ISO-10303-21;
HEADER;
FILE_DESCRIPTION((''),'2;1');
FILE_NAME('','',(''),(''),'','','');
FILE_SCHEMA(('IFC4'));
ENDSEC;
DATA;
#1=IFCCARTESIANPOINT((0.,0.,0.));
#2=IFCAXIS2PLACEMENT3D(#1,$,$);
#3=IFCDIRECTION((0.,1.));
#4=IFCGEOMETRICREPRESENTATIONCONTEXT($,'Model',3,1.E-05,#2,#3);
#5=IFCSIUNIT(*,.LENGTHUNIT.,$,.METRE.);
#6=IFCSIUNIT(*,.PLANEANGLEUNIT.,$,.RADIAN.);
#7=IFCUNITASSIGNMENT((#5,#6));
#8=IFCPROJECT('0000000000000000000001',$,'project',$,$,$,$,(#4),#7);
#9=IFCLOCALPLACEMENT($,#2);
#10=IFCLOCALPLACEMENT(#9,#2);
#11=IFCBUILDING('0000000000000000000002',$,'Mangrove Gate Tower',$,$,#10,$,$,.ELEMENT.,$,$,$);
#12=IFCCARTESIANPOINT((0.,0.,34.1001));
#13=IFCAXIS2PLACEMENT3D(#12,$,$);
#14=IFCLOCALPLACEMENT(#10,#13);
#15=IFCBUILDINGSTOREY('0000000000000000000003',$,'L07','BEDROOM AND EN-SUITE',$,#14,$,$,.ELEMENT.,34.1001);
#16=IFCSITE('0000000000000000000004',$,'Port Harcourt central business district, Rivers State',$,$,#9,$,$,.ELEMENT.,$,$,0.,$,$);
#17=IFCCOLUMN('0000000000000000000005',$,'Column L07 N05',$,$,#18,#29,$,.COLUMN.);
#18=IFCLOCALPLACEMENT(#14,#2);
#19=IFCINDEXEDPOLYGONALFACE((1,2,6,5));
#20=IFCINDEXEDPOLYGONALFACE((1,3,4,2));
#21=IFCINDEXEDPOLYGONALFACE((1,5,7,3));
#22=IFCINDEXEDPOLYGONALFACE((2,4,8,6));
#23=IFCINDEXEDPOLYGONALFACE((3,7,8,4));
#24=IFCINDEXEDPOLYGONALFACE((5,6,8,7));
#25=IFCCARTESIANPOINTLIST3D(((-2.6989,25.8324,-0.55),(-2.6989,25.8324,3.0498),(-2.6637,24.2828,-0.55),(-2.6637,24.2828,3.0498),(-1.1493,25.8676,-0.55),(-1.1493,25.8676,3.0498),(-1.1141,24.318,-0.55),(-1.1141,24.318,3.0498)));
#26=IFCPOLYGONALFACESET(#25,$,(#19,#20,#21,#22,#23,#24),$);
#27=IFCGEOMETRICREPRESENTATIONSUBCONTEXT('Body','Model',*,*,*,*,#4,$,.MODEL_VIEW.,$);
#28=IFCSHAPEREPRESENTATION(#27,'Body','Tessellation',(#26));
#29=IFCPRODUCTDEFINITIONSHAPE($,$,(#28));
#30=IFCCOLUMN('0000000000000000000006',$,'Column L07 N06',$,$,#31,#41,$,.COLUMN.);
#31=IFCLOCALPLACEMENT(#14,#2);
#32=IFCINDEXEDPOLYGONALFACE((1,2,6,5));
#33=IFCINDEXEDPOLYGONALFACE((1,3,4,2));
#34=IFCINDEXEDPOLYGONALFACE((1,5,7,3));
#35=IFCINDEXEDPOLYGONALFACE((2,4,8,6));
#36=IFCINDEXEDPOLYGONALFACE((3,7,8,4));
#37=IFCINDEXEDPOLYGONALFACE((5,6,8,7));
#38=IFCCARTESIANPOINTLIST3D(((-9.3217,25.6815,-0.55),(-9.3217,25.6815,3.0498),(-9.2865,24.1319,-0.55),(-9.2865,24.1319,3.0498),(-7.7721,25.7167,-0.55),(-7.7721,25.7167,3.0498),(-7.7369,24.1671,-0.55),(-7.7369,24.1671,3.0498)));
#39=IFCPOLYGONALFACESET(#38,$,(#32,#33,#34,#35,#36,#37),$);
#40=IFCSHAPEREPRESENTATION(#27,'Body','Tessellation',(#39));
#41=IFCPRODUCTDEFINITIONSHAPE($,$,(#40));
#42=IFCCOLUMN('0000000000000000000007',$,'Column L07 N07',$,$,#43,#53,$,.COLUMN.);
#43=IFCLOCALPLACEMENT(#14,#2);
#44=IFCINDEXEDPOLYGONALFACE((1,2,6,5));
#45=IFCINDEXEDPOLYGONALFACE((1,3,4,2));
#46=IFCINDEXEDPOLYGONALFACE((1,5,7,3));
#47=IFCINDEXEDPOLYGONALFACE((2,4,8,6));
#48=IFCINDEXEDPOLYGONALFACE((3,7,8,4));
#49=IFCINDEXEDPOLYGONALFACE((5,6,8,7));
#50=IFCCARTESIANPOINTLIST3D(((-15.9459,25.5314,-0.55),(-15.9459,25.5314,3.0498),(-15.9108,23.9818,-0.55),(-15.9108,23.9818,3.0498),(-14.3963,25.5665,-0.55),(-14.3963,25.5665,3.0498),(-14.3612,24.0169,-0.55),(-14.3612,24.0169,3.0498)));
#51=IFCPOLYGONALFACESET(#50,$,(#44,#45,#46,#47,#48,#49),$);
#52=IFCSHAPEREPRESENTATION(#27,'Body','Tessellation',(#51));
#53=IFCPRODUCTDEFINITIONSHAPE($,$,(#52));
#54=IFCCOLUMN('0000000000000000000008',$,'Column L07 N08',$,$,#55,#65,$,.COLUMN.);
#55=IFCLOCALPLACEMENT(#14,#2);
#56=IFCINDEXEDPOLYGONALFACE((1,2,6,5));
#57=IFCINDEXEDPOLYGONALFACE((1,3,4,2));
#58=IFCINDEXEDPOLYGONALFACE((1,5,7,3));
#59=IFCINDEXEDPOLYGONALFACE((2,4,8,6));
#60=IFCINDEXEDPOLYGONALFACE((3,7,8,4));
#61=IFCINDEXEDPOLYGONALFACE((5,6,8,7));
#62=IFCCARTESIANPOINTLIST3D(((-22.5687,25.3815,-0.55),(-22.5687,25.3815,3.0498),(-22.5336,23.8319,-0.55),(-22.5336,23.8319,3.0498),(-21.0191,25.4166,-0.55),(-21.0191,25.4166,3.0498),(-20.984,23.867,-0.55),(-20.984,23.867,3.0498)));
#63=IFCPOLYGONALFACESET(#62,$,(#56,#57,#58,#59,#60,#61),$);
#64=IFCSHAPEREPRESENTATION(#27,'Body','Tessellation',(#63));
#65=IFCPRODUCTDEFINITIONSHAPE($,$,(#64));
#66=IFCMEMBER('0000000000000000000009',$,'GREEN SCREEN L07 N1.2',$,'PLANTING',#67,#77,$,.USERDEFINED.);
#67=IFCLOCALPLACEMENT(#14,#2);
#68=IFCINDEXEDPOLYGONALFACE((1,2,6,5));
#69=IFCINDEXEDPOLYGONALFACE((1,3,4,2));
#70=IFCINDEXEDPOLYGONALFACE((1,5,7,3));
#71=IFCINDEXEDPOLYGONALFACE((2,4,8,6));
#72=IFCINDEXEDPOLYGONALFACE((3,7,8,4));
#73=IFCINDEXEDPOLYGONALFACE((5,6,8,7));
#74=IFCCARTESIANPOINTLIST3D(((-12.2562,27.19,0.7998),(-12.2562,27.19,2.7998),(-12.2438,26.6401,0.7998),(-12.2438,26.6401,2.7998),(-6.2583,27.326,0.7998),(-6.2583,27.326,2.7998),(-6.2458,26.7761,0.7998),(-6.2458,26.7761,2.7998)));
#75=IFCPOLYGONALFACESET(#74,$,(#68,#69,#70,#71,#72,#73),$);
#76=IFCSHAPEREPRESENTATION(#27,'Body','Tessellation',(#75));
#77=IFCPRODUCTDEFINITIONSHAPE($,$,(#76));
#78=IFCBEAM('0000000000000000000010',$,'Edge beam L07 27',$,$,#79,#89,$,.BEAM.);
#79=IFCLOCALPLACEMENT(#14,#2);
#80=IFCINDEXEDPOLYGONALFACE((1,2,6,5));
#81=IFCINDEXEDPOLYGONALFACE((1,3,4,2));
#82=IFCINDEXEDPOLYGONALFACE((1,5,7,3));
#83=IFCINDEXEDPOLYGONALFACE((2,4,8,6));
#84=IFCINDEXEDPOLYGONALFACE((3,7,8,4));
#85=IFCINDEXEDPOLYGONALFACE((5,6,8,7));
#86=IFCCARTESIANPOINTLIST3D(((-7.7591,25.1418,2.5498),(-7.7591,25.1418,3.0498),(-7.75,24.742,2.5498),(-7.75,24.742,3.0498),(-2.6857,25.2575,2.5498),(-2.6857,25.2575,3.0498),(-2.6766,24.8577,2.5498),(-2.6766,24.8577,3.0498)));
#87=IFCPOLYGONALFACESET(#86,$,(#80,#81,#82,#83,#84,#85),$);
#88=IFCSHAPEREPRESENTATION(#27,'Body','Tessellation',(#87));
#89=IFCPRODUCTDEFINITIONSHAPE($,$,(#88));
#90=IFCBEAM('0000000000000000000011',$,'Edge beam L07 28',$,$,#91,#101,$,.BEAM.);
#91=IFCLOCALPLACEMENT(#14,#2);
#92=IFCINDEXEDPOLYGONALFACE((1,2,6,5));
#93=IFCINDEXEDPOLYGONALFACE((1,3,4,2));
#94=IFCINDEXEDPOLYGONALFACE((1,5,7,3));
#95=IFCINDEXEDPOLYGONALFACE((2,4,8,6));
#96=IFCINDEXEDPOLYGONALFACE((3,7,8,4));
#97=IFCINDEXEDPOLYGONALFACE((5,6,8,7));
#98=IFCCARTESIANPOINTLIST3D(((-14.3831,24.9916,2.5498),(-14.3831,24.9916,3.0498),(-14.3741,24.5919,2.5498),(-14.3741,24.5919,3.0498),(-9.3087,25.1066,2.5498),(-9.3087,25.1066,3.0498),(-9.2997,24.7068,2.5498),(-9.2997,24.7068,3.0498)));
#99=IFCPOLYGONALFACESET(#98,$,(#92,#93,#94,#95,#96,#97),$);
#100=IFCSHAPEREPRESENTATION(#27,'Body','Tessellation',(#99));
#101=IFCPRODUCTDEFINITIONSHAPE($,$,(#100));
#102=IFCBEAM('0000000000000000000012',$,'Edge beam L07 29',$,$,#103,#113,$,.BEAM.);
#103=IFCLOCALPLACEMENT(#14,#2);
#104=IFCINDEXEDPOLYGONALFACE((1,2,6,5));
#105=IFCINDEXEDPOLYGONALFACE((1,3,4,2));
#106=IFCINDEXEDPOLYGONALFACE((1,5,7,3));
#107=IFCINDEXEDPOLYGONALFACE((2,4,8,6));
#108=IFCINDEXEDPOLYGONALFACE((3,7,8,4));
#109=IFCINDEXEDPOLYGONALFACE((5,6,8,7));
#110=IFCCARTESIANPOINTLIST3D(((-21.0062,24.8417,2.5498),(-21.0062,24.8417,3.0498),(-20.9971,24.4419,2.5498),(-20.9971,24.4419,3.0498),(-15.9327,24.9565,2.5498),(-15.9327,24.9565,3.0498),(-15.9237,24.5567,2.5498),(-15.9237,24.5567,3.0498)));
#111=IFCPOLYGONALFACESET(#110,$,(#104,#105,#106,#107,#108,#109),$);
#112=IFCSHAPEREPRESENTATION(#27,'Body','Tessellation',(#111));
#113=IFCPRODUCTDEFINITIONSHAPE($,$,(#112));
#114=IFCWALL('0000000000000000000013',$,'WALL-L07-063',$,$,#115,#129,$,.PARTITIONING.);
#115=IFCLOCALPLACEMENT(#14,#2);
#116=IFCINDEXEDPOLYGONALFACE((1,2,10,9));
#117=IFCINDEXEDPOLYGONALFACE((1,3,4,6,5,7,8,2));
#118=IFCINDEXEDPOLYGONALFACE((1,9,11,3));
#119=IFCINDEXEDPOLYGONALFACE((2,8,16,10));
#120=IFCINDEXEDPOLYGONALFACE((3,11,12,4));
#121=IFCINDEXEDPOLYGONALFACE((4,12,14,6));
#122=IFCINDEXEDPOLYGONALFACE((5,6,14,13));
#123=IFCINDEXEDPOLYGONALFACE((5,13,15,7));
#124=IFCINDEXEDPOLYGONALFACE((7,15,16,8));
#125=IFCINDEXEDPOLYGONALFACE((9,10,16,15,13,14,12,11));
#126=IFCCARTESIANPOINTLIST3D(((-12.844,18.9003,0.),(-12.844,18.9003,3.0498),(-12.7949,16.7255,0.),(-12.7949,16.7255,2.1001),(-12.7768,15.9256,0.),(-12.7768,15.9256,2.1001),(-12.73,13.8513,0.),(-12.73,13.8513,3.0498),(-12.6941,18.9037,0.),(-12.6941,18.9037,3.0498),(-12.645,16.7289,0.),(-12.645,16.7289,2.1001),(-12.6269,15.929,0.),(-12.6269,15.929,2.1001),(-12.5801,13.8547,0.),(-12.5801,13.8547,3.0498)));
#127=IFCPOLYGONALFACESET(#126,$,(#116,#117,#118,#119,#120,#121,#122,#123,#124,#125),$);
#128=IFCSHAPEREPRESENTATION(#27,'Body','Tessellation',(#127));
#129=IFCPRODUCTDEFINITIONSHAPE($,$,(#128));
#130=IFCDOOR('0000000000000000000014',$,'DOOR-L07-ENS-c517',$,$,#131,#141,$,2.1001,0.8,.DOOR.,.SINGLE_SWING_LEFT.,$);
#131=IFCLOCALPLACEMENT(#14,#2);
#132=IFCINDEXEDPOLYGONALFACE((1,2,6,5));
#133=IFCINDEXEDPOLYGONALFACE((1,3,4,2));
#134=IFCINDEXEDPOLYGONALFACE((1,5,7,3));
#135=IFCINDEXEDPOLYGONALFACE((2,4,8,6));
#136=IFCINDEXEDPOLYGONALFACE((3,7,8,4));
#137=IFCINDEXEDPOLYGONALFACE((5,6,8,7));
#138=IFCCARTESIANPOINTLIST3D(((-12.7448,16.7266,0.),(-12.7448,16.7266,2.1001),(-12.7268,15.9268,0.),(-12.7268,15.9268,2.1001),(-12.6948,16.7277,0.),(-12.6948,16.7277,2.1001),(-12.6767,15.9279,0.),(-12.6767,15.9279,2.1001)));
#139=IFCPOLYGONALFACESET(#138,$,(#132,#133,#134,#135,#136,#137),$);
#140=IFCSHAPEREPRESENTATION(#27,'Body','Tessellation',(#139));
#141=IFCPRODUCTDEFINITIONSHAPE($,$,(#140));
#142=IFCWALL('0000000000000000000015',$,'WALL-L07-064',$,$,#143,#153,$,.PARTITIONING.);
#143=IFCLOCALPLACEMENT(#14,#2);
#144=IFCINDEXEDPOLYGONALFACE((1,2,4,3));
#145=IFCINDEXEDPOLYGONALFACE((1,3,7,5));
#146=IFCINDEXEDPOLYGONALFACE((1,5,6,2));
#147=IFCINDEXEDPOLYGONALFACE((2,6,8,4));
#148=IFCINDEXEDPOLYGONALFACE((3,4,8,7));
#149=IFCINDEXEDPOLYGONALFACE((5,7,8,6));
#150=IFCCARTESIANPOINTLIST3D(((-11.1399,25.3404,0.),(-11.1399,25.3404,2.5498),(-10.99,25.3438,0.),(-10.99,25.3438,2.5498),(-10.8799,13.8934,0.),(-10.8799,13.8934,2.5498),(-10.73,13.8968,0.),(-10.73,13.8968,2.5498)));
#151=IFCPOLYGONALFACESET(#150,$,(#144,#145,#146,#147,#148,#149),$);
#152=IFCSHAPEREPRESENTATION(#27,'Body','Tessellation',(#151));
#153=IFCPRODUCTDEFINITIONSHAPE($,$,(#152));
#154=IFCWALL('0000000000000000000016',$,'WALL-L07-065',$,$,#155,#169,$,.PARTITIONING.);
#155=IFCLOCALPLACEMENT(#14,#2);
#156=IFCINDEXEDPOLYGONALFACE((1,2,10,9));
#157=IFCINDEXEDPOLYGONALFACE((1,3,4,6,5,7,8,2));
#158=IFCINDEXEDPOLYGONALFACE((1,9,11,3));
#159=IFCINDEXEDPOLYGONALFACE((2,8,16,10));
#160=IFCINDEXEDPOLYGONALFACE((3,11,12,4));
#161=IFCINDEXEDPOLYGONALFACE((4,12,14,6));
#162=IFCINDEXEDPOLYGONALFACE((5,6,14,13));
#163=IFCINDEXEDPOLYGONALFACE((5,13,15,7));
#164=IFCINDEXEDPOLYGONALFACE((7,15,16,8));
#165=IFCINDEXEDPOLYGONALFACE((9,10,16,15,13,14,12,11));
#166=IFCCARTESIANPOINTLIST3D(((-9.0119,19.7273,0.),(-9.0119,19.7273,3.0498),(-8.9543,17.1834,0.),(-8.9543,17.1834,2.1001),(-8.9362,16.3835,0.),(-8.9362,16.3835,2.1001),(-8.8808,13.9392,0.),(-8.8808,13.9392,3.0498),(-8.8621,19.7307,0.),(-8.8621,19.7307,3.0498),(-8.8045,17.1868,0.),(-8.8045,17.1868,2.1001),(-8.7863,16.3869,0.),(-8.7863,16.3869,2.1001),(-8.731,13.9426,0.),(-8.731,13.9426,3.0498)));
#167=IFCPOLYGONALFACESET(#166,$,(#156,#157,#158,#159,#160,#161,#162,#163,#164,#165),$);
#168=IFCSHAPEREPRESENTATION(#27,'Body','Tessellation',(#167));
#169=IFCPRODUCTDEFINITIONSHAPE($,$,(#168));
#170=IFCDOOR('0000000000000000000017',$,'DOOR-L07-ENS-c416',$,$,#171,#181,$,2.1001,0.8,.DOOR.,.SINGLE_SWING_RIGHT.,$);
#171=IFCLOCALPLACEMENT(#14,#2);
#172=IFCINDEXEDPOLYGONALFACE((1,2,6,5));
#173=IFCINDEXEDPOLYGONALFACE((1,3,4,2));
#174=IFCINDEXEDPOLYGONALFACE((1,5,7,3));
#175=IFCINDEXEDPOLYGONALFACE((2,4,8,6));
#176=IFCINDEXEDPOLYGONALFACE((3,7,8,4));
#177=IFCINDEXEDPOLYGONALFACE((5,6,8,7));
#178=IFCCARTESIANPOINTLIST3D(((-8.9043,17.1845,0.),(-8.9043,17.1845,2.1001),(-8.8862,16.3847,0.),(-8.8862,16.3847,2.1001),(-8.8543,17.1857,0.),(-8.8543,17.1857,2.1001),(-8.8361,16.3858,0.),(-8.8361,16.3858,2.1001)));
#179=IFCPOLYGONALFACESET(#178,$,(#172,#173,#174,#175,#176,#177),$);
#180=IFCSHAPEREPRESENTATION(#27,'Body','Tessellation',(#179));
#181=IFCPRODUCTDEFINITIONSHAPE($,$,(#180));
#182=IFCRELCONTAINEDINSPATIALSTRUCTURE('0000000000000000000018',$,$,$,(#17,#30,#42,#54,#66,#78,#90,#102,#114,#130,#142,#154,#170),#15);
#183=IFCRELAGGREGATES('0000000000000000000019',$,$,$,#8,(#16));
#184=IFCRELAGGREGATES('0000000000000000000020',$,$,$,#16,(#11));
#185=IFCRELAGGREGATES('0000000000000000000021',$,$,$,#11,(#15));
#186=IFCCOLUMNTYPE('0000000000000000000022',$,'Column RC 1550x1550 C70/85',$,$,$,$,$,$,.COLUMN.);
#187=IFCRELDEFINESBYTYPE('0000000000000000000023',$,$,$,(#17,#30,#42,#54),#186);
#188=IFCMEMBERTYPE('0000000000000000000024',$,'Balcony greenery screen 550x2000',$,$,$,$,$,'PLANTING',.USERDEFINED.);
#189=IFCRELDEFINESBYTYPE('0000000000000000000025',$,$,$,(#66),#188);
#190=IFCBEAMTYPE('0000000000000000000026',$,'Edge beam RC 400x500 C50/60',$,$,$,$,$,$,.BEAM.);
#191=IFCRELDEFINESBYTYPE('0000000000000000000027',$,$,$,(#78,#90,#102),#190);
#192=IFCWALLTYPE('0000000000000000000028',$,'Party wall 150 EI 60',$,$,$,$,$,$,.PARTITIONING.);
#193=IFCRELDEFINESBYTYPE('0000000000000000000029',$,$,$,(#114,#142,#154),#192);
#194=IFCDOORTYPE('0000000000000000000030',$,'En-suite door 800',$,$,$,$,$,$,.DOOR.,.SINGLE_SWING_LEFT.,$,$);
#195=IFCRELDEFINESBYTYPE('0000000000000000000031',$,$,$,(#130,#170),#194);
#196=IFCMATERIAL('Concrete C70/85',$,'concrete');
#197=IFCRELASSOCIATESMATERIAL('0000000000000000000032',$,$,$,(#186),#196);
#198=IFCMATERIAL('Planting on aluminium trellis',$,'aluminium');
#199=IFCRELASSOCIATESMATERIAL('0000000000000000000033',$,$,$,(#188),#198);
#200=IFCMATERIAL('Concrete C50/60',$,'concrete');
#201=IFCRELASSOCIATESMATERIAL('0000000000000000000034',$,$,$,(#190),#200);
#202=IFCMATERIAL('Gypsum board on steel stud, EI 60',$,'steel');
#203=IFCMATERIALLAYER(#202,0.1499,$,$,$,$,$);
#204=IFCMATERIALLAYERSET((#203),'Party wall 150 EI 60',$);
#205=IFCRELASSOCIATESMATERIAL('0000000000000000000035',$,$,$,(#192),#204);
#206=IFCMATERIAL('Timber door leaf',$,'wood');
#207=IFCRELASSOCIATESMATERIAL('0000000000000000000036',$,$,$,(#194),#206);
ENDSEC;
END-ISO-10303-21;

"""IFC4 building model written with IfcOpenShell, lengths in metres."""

from ifc_helpers import new_model, si_unit, direction, frame, frame_2d, origin, origin_2d, place, context, subcontext, project, spatial, rectangle, extrude, material, layer, layer_set, material_profile, profile_set, type_object, element, fill, save


model = new_model("IFC4")

# Units and contexts
model_context = context("Model", 3, precision=1e-05, world=origin(), true_north=direction((0.0, 1.0)))
body_context = subcontext(model_context, "Body", "Model", "MODEL_VIEW")
ifc_project = project(units=[si_unit("LENGTHUNIT", "METRE"), si_unit("PLANEANGLEUNIT", "RADIAN")], contexts=[model_context])

# Site, building, storey
site_placement = place(None, origin())
site = spatial("IfcSite", under=ifc_project, at=site_placement, Name="Port Harcourt central business district, Rivers State", CompositionType="ELEMENT", RefElevation=0.0)
building_placement = place(site_placement, origin())
building = spatial("IfcBuilding", under=site, at=building_placement, Name="Mangrove Gate Tower", CompositionType="ELEMENT")
storey_placement = place(building_placement, frame((0.0, 0.0, 34.1001)))
storey = spatial("IfcBuildingStorey", under=building, at=storey_placement, Name="L07", Description="BEDROOM AND EN-SUITE", CompositionType="ELEMENT", Elevation=34.1001)

# Columns
ifc_material_1 = material(Name="Concrete C70/85", Category="concrete")
ifc_material_profile_1 = material_profile(ifc_material_1, rectangle(XDim=1.55, YDim=1.55, at=origin_2d()))
ifc_profile_set_1 = profile_set([ifc_material_profile_1], Name="Concrete C70/85")
column_type = type_object("IfcColumnType", Name="Column RC 1550x1550 C70/85", PredefinedType="COLUMN", material=ifc_profile_set_1)
for number, where, z_axis, x_axis, name in (
    (1, (-1.9065, 25.0752, -0.55), (0.0, 0.0, 1.0), (-0.999742, -0.022718, 0.0), "Column L07 N05"),
    (2, (-8.5293, 24.9243, -0.55), (0.0, 0.0, 1.0), (-0.999742, -0.022716, 0.0), "Column L07 N06"),
    (3, (-15.1536, 24.7742, -0.55), (0.0, 0.0, 1.0), (-0.999744, -0.022641, 0.0), "Column L07 N07"),
    (4, (-21.7764, 24.6243, -0.55), (0.0, 0.0, 1.0), (-0.999744, -0.022643, 0.0), "Column L07 N08"),
):
    element("IfcColumn", number, at=place(storey_placement, frame(where, z_axis=z_axis, x_axis=x_axis)), inside=storey, type_object=column_type, Name=name, PredefinedType="COLUMN", context=body_context, shape_type="SweptSolid", body=[
        extrude(rectangle(XDim=1.55, YDim=1.55, at=origin_2d()), origin(), (0.0, 0.0, 1.0), 3.5999),
    ])

# Member
ifc_material_2 = material(Name="Planting on aluminium trellis", Category="aluminium")
ifc_material_profile_2 = material_profile(ifc_material_2, rectangle(XDim=0.55, YDim=2.0, at=origin_2d()))
ifc_profile_set_2 = profile_set([ifc_material_profile_2], Name="Planting on aluminium trellis")
member_type = type_object("IfcMemberType", Name="Balcony greenery screen 550x2000", ElementType="PLANTING", PredefinedType="USERDEFINED", material=ifc_profile_set_2)
member_placement = place(storey_placement, frame((-12.25, 26.915, 1.7998), z_axis=(0.999743, 0.022666, 0.0), x_axis=(-0.022666, 0.999743, 0.0)))
element("IfcMember", 5, at=member_placement, inside=storey, type_object=member_type, Name="GREEN SCREEN L07 N1.2", ObjectType="PLANTING", PredefinedType="USERDEFINED", context=body_context, shape_type="SweptSolid", body=[
    extrude(rectangle(XDim=0.55, YDim=2.0, at=origin_2d()), origin(), (0.0, 0.0, 1.0), 5.9995),
])

# Beams
ifc_material_3 = material(Name="Concrete C50/60", Category="concrete")
ifc_material_profile_3 = material_profile(ifc_material_3, rectangle(XDim=0.3999, YDim=0.5, at=origin_2d()))
ifc_profile_set_3 = profile_set([ifc_material_profile_3], Name="Concrete C50/60")
beam_type = type_object("IfcBeamType", Name="Edge beam RC 400x500 C50/60", PredefinedType="BEAM", material=ifc_profile_set_3)
beam_1_placement = place(storey_placement, frame((-2.6812, 25.0576, 2.7998), z_axis=(-0.99974, -0.022803, 0.0), x_axis=(0.022803, -0.99974, 0.0)))
element("IfcBeam", 6, at=beam_1_placement, inside=storey, type_object=beam_type, Name="Edge beam L07 27", PredefinedType="BEAM", context=body_context, shape_type="SweptSolid", body=[
    extrude(rectangle(XDim=0.3999, YDim=0.5, at=origin_2d()), origin(), (0.0, 0.0, 1.0), 5.0747),
])
beam_2_placement = place(storey_placement, frame((-9.3042, 24.9067, 2.7998), z_axis=(-0.999743, -0.022655, 0.0), x_axis=(0.022655, -0.999743, 0.0)))
element("IfcBeam", 7, at=beam_2_placement, inside=storey, type_object=beam_type, Name="Edge beam L07 28", PredefinedType="BEAM", context=body_context, shape_type="SweptSolid", body=[
    extrude(rectangle(XDim=0.3999, YDim=0.5, at=origin_2d()), origin(), (0.0, 0.0, 1.0), 5.0757),
])
beam_3_placement = place(storey_placement, frame((-15.9282, 24.7566, 2.7998), z_axis=(-0.999744, -0.022611, 0.0), x_axis=(0.022611, -0.999744, 0.0)))
element("IfcBeam", 8, at=beam_3_placement, inside=storey, type_object=beam_type, Name="Edge beam L07 29", PredefinedType="BEAM", context=body_context, shape_type="SweptSolid", body=[
    extrude(rectangle(XDim=0.3999, YDim=0.5, at=origin_2d()), origin(), (0.0, 0.0, 1.0), 5.0747),
])

# Wall, opening, door
ifc_material_4 = material(Name="Gypsum board on steel stud, EI 60", Category="steel")
ifc_layer_1 = layer(ifc_material_4, 0.1499)
ifc_layer_set_1 = layer_set([ifc_layer_1], Name="Party wall 150 EI 60")
wall_type_1 = type_object("IfcWallType", Name="Party wall 150 EI 60", PredefinedType="PARTITIONING", material=ifc_layer_set_1)
wall_1_placement = place(storey_placement, frame((-12.655, 13.853, 0.0), z_axis=(0.0, 0.0, 1.0), x_axis=(-0.022575, 0.999745, 0.0)))
wall_1 = element("IfcWall", 9, at=wall_1_placement, inside=storey, type_object=wall_type_1, Name="WALL-L07-063", PredefinedType="PARTITIONING", context=body_context, shape_type="SweptSolid", body=[
    extrude(rectangle(XDim=5.0503, YDim=0.1499, at=frame_2d((2.5251, 0.0))), origin(), (0.0, 0.0, 1.0), 3.0498),
])
opening_1_placement = place(wall_1_placement, frame((2.075, 0.0, 0.0)))
opening_1 = element("IfcOpeningElement", 10, at=opening_1_placement, cuts=wall_1, PredefinedType="OPENING", context=body_context, shape_type="SweptSolid", body=[
    extrude(rectangle(XDim=0.8, YDim=2.1001, at=frame_2d((0.3999, 1.05))), frame((0.0, 0.085, 0.0), z_axis=(0.0, -1.0, 0.0), x_axis=(1.0, 0.0, 0.0)), (0.0, 0.0, 1.0), 0.1699),
])
ifc_material_5 = material(Name="Timber door leaf", Category="wood")
door_type = type_object("IfcDoorType", Name="En-suite door 800", OperationType="SINGLE_SWING_LEFT", PredefinedType="DOOR", material=ifc_material_5)
door_1_placement = place(opening_1_placement, origin())
door_1 = element("IfcDoor", 11, at=door_1_placement, inside=storey, type_object=door_type, Name="DOOR-L07-ENS-c517", OperationType="SINGLE_SWING_LEFT", OverallHeight=2.1001, OverallWidth=0.8, PredefinedType="DOOR", context=body_context, shape_type="SweptSolid", body=[
    extrude(rectangle(XDim=0.8, YDim=2.1001, at=frame_2d((0.3999, 1.05))), frame((0.0, 0.0249, 0.0), z_axis=(0.0, -1.0, 0.0), x_axis=(1.0, 0.0, 0.0)), (0.0, 0.0, 1.0), 0.05),
])
fill(opening_1, door_1)

# Wall
wall_2_placement = place(storey_placement, frame((-10.8049, 13.895, 0.0), z_axis=(0.0, 0.0, 1.0), x_axis=(-0.022708, 0.999742, 0.0)))
element("IfcWall", 12, at=wall_2_placement, inside=storey, type_object=wall_type_1, Name="WALL-L07-064", PredefinedType="PARTITIONING", context=body_context, shape_type="SweptSolid", body=[
    extrude(rectangle(XDim=11.45, YDim=0.1499, at=frame_2d((5.7251, 0.0))), origin(), (0.0, 0.0, 1.0), 2.5498),
])

# Wall, opening, door
wall_3_placement = place(storey_placement, frame((-8.8059, 13.9409, 0.0), z_axis=(0.0, 0.0, 1.0), x_axis=(-0.022645, 0.999744, 0.0)))
wall_3 = element("IfcWall", 13, at=wall_3_placement, inside=storey, type_object=wall_type_1, Name="WALL-L07-065", PredefinedType="PARTITIONING", context=body_context, shape_type="SweptSolid", body=[
    extrude(rectangle(XDim=5.7896, YDim=0.1499, at=frame_2d((2.8948, 0.0))), origin(), (0.0, 0.0, 1.0), 3.0498),
])
opening_2_placement = place(wall_3_placement, frame((2.4451, 0.0, 0.0)))
opening_2 = element("IfcOpeningElement", 14, at=opening_2_placement, cuts=wall_3, PredefinedType="OPENING", context=body_context, shape_type="SweptSolid", body=[
    extrude(rectangle(XDim=0.8, YDim=2.1001, at=frame_2d((0.3999, 1.05))), frame((0.0, 0.085, 0.0), z_axis=(0.0, -1.0, 0.0), x_axis=(1.0, 0.0, 0.0)), (0.0, 0.0, 1.0), 0.1699),
])
door_2_placement = place(opening_2_placement, origin())
door_2 = element("IfcDoor", 15, at=door_2_placement, inside=storey, type_object=door_type, Name="DOOR-L07-ENS-c416", OperationType="SINGLE_SWING_RIGHT", OverallHeight=2.1001, OverallWidth=0.8, PredefinedType="DOOR", context=body_context, shape_type="SweptSolid", body=[
    extrude(rectangle(XDim=0.8, YDim=2.1001, at=frame_2d((0.3999, 1.05))), frame((0.0, 0.0249, 0.0), z_axis=(0.0, -1.0, 0.0), x_axis=(1.0, 0.0, 0.0)), (0.0, 0.0, 1.0), 0.05),
])
fill(opening_2, door_2)

save(model, "model.ifc")
